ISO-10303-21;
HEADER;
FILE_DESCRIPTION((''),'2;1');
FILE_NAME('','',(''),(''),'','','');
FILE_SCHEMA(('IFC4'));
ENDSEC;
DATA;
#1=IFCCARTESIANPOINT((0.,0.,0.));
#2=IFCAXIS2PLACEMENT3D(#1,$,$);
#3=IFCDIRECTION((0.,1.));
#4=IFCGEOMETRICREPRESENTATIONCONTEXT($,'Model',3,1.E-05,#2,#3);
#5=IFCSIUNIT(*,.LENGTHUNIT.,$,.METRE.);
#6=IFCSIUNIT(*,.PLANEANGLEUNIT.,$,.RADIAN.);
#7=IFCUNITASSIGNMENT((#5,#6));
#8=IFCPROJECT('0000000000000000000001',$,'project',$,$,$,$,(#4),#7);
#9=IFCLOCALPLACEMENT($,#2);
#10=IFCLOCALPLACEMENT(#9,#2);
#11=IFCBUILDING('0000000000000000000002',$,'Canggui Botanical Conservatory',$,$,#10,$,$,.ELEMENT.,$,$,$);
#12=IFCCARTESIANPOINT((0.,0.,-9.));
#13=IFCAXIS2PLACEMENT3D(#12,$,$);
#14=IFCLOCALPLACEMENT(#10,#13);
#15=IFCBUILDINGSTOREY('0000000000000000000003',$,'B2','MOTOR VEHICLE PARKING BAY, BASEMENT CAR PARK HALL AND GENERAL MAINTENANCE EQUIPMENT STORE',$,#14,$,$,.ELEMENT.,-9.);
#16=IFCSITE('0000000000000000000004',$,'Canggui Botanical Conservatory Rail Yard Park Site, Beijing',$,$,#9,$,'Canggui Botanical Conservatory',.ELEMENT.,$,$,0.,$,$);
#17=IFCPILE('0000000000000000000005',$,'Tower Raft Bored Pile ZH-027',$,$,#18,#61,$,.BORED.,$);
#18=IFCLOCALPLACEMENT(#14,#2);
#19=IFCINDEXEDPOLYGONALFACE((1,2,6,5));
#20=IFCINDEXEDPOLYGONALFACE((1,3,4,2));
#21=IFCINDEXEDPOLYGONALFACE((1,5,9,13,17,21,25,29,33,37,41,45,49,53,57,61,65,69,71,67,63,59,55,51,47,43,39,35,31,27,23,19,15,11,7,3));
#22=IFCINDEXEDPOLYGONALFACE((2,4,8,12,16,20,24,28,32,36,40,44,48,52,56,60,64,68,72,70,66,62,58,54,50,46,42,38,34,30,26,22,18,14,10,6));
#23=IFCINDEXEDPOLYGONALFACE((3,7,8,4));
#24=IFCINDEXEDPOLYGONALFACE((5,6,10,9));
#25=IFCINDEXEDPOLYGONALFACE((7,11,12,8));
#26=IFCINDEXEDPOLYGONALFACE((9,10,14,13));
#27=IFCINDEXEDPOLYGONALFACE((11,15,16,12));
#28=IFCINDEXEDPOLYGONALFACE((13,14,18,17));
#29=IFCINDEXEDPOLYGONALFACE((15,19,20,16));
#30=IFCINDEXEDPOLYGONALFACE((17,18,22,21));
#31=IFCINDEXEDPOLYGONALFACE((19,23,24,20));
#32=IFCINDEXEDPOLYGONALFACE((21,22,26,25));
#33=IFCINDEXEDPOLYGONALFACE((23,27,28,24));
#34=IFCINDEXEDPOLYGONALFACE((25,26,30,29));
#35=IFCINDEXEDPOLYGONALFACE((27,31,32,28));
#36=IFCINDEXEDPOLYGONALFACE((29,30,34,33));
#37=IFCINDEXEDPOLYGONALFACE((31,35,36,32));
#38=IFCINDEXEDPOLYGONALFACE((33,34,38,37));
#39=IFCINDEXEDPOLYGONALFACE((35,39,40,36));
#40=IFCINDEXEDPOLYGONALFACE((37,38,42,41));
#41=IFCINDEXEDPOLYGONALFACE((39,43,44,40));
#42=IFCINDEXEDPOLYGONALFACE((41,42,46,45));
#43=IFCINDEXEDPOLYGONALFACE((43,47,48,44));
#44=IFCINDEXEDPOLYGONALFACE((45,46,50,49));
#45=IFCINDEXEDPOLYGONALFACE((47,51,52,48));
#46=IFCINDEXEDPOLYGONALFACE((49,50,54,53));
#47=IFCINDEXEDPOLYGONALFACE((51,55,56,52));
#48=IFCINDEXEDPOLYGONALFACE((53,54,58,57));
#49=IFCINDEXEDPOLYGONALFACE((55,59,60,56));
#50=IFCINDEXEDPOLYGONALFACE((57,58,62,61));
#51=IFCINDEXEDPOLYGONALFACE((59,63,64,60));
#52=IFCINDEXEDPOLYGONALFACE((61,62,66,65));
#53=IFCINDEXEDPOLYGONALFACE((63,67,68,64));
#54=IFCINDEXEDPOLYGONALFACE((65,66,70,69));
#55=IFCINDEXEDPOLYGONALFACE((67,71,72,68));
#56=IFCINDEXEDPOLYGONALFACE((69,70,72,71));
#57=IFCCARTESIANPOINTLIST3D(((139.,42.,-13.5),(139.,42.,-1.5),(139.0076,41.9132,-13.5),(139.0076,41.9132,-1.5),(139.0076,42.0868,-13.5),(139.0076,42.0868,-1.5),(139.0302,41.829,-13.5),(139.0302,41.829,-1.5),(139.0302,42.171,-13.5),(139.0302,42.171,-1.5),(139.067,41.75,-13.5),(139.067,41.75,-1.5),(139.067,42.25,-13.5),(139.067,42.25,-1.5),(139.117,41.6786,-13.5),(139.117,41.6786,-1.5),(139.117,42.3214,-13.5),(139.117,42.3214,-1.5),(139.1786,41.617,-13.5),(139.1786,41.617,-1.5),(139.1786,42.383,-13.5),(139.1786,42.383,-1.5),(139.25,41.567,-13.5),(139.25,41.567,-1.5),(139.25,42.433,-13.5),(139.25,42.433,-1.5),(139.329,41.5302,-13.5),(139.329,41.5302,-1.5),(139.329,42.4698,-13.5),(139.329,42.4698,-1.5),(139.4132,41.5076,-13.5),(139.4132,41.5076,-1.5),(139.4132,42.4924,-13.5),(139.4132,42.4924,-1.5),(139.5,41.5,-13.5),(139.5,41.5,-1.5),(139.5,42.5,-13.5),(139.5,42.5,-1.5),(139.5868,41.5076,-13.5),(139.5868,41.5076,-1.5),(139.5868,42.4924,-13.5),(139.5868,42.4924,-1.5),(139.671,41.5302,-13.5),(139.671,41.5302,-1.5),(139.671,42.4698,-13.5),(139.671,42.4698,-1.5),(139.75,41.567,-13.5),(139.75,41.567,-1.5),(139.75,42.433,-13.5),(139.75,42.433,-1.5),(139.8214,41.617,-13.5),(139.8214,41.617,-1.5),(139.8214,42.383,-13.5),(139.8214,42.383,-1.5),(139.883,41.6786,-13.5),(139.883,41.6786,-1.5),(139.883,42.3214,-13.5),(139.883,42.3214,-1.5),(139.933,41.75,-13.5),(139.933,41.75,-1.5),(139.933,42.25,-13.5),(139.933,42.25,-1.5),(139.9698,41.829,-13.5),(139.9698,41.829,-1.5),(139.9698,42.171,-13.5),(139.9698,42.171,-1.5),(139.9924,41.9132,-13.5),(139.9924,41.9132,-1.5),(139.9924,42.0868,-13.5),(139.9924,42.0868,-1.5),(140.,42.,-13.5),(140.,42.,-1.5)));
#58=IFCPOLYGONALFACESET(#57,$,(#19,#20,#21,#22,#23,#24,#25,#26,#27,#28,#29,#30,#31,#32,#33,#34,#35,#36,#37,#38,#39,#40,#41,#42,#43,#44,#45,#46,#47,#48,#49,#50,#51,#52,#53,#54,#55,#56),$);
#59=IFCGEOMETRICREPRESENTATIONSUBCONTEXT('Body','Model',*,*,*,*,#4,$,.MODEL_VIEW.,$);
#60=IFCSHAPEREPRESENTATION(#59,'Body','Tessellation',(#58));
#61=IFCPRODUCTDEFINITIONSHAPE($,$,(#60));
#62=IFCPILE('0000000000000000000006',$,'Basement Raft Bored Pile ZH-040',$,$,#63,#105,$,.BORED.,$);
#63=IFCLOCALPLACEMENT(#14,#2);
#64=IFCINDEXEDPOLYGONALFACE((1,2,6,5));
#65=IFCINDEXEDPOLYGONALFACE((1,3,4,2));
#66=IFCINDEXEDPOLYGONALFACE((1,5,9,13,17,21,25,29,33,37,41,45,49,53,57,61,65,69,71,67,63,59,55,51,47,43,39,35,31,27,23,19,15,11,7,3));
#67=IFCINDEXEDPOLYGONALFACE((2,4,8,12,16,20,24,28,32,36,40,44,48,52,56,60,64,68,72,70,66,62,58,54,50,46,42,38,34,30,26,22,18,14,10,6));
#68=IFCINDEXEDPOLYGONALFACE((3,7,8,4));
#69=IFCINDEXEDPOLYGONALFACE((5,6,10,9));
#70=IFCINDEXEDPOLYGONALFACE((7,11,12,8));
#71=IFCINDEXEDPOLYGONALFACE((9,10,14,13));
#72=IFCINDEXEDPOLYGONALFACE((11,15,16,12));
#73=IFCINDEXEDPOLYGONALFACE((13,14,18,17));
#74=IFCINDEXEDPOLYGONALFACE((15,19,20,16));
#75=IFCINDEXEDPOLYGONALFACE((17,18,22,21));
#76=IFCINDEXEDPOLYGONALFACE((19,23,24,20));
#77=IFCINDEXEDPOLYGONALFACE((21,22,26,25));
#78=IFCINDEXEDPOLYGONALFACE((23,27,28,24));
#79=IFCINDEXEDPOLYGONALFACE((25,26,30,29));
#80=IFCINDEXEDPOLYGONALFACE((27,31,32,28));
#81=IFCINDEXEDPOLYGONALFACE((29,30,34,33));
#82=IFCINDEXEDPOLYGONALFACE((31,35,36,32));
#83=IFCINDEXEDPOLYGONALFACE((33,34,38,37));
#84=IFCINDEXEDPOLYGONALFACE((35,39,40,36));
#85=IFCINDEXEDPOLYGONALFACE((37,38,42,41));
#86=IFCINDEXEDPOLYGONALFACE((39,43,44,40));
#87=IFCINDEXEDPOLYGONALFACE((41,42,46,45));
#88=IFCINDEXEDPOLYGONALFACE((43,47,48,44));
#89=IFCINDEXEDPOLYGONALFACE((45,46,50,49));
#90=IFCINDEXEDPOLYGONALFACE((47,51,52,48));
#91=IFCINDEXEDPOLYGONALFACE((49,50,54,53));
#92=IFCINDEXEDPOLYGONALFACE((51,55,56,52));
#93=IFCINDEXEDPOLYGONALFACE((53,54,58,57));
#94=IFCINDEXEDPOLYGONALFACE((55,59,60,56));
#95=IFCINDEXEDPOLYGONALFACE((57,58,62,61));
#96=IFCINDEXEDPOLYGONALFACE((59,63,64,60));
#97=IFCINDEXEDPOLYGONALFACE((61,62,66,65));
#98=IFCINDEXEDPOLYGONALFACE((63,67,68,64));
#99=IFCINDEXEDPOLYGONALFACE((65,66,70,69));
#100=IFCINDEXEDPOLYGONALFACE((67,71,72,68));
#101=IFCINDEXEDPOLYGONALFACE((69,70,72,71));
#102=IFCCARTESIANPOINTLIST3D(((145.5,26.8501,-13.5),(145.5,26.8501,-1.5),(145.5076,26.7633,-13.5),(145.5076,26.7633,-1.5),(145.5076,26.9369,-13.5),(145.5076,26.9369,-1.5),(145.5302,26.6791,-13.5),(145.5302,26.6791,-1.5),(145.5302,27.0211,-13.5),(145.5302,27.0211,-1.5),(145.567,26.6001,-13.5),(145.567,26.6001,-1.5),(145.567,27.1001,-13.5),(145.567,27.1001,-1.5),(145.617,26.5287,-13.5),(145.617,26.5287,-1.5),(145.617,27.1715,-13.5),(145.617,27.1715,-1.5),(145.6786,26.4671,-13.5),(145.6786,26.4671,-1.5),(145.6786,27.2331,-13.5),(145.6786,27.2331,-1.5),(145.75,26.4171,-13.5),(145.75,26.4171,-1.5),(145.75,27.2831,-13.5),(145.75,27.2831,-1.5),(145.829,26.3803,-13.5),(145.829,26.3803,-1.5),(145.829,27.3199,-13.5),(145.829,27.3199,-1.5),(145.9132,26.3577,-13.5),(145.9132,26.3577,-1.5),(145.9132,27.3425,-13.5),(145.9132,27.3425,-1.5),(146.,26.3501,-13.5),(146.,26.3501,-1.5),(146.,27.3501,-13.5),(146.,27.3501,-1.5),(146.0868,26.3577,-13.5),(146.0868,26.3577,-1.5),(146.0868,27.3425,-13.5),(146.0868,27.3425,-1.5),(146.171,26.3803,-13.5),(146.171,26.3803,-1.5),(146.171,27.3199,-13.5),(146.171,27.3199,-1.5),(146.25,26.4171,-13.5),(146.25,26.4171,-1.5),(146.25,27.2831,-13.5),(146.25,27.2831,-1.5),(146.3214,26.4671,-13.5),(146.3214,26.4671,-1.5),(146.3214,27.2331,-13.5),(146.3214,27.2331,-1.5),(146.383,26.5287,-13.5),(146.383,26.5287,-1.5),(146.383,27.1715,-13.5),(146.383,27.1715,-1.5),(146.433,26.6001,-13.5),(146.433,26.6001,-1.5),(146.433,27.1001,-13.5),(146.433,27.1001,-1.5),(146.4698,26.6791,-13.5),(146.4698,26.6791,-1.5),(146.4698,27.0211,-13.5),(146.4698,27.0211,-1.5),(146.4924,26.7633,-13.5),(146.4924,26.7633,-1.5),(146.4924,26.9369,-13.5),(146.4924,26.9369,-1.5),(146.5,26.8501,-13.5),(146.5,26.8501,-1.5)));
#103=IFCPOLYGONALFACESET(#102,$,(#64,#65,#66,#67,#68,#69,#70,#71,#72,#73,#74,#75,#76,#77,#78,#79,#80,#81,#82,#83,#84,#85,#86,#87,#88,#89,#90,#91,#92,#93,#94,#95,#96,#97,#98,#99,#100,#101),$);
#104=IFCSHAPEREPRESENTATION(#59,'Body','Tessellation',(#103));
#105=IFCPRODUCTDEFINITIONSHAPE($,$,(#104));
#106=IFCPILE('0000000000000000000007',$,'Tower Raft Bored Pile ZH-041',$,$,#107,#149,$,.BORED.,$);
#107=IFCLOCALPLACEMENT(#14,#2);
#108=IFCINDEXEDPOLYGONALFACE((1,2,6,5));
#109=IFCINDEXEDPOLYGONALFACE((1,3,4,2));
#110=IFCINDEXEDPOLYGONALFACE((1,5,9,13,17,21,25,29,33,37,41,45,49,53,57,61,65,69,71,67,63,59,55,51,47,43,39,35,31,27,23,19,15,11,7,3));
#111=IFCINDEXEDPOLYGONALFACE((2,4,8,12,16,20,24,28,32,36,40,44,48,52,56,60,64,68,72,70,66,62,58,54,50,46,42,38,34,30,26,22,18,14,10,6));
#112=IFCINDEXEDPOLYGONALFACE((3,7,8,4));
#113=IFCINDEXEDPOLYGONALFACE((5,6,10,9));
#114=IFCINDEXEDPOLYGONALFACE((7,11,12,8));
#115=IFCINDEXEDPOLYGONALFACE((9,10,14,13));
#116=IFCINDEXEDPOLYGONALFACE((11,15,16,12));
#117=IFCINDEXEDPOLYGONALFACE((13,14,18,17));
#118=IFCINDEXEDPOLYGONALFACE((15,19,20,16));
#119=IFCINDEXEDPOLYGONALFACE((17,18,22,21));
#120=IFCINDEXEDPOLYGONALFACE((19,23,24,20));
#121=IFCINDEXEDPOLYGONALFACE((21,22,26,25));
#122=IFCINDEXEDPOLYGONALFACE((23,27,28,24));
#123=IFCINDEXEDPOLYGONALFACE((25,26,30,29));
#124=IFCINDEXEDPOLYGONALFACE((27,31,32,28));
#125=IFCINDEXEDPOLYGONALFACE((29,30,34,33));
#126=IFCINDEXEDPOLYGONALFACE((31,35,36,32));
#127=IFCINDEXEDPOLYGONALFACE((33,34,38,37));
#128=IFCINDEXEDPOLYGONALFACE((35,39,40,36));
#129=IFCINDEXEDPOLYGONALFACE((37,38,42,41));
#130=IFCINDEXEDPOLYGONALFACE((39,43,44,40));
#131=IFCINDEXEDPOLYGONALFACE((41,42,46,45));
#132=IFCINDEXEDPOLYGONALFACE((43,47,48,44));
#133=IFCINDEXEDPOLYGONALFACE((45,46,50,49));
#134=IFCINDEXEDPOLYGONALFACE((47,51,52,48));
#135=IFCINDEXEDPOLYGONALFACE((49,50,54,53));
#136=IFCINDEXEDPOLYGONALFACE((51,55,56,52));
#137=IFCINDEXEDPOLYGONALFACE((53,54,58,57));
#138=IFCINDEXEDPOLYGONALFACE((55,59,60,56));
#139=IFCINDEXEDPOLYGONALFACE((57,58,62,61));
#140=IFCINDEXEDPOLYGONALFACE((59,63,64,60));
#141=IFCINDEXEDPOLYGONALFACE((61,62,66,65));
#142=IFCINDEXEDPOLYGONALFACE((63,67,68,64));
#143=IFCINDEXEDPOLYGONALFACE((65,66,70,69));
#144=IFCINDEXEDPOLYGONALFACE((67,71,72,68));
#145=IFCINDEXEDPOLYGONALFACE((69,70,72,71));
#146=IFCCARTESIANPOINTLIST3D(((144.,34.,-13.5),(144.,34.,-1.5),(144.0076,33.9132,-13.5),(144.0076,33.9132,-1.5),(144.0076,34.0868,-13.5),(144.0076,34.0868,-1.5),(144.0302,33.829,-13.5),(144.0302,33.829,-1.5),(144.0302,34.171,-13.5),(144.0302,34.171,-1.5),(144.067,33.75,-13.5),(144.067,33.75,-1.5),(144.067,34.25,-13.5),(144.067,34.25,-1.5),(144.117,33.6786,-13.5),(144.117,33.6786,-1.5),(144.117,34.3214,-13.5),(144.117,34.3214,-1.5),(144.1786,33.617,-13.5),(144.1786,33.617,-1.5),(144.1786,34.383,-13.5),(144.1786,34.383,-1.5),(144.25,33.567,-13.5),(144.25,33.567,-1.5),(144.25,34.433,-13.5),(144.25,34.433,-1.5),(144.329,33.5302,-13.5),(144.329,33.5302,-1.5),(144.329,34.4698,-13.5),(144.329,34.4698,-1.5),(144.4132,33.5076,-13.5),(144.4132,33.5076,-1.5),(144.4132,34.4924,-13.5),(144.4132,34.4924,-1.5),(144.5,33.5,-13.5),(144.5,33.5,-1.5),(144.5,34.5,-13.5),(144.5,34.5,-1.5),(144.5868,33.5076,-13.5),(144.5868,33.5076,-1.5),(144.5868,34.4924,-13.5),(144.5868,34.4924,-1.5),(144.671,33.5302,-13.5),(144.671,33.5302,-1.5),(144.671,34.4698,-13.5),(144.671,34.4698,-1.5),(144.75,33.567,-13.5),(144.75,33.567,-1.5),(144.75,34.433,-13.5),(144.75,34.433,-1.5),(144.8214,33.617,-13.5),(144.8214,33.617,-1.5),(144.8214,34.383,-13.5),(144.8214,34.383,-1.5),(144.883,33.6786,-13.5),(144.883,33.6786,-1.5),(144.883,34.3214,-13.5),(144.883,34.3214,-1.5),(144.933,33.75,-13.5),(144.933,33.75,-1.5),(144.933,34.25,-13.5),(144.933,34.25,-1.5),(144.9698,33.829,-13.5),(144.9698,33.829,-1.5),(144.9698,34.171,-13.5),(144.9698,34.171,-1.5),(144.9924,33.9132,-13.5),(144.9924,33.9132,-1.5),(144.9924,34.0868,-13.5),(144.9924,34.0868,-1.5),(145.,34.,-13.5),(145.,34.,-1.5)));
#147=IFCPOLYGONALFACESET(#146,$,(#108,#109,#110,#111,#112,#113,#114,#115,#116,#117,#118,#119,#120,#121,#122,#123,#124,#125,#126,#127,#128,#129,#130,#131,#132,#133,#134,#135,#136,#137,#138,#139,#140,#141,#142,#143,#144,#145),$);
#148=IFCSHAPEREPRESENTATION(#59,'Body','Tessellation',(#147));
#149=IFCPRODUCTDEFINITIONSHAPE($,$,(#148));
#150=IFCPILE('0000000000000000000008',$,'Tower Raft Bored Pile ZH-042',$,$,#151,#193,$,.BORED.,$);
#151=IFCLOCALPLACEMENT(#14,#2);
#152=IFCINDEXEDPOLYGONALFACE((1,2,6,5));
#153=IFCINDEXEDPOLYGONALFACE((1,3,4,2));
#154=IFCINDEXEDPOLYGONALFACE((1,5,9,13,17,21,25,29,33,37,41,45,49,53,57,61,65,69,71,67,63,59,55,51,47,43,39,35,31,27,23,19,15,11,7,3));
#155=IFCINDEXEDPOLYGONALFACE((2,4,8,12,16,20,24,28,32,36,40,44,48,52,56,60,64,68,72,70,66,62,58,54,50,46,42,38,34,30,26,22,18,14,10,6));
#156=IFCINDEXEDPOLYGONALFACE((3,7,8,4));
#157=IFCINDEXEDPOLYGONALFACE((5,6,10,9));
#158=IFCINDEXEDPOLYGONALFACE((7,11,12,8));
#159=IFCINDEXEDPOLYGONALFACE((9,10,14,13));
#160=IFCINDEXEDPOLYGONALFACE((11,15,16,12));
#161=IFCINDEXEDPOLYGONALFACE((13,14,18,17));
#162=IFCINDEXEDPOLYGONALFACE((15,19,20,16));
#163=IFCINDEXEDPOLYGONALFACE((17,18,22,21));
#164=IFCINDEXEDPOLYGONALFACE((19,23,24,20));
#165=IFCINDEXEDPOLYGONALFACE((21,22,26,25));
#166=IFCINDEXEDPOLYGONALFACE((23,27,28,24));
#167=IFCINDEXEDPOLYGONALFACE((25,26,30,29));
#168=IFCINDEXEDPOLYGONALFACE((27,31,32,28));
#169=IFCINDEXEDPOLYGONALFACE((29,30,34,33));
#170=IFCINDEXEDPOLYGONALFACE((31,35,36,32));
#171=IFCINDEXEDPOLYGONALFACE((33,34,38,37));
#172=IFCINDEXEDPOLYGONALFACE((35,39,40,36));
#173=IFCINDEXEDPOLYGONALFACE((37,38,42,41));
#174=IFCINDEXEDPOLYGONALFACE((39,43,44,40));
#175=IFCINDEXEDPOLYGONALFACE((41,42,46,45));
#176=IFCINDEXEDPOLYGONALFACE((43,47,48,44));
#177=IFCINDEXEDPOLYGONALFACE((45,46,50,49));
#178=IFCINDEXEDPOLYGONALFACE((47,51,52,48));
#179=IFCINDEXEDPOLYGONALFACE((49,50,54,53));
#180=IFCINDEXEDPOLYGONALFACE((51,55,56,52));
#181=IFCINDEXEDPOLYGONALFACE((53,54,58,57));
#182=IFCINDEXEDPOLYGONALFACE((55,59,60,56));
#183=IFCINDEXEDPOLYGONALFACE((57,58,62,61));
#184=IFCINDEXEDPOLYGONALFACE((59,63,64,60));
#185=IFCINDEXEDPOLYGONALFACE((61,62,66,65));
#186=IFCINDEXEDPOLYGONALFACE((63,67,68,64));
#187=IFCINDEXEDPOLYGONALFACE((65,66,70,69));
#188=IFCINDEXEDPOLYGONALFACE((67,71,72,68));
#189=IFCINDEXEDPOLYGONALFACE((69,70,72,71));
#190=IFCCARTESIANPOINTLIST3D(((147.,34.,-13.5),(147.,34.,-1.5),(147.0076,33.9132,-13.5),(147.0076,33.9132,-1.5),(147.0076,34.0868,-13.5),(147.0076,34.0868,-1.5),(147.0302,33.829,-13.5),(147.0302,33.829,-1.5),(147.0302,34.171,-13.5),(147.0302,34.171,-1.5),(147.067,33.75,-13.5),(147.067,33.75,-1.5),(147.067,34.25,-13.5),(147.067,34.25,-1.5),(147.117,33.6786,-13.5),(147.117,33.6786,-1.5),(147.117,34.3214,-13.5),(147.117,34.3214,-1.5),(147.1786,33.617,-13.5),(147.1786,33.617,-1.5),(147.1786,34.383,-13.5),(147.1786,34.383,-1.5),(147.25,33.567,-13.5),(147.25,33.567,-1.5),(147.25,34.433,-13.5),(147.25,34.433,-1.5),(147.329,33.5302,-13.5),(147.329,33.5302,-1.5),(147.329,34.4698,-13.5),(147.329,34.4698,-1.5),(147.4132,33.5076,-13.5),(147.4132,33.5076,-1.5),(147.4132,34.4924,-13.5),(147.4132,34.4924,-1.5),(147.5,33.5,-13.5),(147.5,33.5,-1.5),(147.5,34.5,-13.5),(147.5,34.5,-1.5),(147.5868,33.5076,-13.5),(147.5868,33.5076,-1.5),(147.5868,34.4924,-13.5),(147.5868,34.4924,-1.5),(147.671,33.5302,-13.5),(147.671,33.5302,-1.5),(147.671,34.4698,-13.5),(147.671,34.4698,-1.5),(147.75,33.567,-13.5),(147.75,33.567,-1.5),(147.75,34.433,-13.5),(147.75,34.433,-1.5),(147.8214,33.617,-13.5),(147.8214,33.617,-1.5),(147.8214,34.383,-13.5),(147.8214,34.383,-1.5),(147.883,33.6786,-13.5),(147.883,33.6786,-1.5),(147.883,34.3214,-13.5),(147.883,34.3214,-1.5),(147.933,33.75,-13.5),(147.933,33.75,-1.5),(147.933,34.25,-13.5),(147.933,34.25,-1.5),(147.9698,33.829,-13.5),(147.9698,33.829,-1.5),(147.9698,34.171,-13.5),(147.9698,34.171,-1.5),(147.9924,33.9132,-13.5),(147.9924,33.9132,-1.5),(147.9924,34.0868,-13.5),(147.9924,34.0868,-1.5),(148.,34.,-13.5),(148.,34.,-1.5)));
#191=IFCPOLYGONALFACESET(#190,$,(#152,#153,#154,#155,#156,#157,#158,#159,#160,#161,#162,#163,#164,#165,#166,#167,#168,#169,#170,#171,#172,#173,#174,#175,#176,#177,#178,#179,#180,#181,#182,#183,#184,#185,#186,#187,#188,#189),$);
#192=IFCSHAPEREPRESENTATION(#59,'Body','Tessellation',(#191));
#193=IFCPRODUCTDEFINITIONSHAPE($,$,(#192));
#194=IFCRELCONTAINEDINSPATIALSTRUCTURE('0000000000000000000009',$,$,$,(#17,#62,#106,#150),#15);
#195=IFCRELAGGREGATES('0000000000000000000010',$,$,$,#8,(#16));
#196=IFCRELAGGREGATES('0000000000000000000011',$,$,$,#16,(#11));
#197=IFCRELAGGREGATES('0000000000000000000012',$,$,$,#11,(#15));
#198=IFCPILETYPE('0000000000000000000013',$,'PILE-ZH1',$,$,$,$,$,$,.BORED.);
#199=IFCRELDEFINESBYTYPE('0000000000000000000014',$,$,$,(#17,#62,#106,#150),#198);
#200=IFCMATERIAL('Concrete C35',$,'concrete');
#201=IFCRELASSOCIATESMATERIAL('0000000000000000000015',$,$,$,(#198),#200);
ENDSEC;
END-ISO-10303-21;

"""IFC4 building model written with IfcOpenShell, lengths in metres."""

from ifc_helpers import new_model, si_unit, direction, frame, origin, origin_2d, place, context, subcontext, project, spatial, circle, extrude, material, material_profile, profile_set, type_object, element, save


model = new_model("IFC4")

# Units and contexts
model_context = context("Model", 3, precision=1e-05, world=origin(), true_north=direction((0.0, 1.0)))
body_context = subcontext(model_context, "Body", "Model", "MODEL_VIEW")
ifc_project = project(units=[si_unit("LENGTHUNIT", "METRE"), si_unit("PLANEANGLEUNIT", "RADIAN")], contexts=[model_context])

# Site, building, storey
site_placement = place(None, origin())
site = spatial("IfcSite", under=ifc_project, at=site_placement, Name="Canggui Botanical Conservatory Rail Yard Park Site, Beijing", LongName="Canggui Botanical Conservatory", CompositionType="ELEMENT", RefElevation=0.0)
building_placement = place(site_placement, origin())
building = spatial("IfcBuilding", under=site, at=building_placement, Name="Canggui Botanical Conservatory", CompositionType="ELEMENT")
storey_placement = place(building_placement, frame((0.0, 0.0, -9.0)))
storey = spatial("IfcBuildingStorey", under=building, at=storey_placement, Name="B2", Description="MOTOR VEHICLE PARKING BAY, BASEMENT CAR PARK HALL AND GENERAL MAINTENANCE EQUIPMENT STORE", CompositionType="ELEMENT", Elevation=-9.0)

# Piles
ifc_material_1 = material(Name="Concrete C35", Category="concrete")
ifc_material_profile_1 = material_profile(ifc_material_1, circle(Radius=0.5, at=origin_2d()), Name="PILE D1000")
ifc_profile_set_1 = profile_set([ifc_material_profile_1], Name="Concrete C35")
pile_type = type_object("IfcPileType", Name="PILE-ZH1", PredefinedType="BORED", material=ifc_profile_set_1)
for number, where, z_axis, x_axis, name in (
    (1, (139.5, 42.0, -1.5), (0.0, 0.0, -1.0), (1.0, 0.0, 0.0), "Tower Raft Bored Pile ZH-027"),
    (2, (146.0, 26.8501, -1.5), (0.0, 0.0, -1.0), (1.0, 0.0, 0.0), "Basement Raft Bored Pile ZH-040"),
    (3, (144.5, 34.0, -1.5), (0.0, 0.0, -1.0), (1.0, 0.0, 0.0), "Tower Raft Bored Pile ZH-041"),
    (4, (147.5, 34.0, -1.5), (0.0, 0.0, -1.0), (1.0, 0.0, 0.0), "Tower Raft Bored Pile ZH-042"),
):
    element("IfcPile", number, at=place(storey_placement, frame(where, z_axis=z_axis, x_axis=x_axis)), inside=storey, type_object=pile_type, Name=name, PredefinedType="BORED", context=body_context, shape_type="SweptSolid", body=[
        extrude(circle(Radius=0.5, at=origin_2d()), origin(), (0.0, 0.0, 1.0), 12.0),
    ])

save(model, "model.ifc")
